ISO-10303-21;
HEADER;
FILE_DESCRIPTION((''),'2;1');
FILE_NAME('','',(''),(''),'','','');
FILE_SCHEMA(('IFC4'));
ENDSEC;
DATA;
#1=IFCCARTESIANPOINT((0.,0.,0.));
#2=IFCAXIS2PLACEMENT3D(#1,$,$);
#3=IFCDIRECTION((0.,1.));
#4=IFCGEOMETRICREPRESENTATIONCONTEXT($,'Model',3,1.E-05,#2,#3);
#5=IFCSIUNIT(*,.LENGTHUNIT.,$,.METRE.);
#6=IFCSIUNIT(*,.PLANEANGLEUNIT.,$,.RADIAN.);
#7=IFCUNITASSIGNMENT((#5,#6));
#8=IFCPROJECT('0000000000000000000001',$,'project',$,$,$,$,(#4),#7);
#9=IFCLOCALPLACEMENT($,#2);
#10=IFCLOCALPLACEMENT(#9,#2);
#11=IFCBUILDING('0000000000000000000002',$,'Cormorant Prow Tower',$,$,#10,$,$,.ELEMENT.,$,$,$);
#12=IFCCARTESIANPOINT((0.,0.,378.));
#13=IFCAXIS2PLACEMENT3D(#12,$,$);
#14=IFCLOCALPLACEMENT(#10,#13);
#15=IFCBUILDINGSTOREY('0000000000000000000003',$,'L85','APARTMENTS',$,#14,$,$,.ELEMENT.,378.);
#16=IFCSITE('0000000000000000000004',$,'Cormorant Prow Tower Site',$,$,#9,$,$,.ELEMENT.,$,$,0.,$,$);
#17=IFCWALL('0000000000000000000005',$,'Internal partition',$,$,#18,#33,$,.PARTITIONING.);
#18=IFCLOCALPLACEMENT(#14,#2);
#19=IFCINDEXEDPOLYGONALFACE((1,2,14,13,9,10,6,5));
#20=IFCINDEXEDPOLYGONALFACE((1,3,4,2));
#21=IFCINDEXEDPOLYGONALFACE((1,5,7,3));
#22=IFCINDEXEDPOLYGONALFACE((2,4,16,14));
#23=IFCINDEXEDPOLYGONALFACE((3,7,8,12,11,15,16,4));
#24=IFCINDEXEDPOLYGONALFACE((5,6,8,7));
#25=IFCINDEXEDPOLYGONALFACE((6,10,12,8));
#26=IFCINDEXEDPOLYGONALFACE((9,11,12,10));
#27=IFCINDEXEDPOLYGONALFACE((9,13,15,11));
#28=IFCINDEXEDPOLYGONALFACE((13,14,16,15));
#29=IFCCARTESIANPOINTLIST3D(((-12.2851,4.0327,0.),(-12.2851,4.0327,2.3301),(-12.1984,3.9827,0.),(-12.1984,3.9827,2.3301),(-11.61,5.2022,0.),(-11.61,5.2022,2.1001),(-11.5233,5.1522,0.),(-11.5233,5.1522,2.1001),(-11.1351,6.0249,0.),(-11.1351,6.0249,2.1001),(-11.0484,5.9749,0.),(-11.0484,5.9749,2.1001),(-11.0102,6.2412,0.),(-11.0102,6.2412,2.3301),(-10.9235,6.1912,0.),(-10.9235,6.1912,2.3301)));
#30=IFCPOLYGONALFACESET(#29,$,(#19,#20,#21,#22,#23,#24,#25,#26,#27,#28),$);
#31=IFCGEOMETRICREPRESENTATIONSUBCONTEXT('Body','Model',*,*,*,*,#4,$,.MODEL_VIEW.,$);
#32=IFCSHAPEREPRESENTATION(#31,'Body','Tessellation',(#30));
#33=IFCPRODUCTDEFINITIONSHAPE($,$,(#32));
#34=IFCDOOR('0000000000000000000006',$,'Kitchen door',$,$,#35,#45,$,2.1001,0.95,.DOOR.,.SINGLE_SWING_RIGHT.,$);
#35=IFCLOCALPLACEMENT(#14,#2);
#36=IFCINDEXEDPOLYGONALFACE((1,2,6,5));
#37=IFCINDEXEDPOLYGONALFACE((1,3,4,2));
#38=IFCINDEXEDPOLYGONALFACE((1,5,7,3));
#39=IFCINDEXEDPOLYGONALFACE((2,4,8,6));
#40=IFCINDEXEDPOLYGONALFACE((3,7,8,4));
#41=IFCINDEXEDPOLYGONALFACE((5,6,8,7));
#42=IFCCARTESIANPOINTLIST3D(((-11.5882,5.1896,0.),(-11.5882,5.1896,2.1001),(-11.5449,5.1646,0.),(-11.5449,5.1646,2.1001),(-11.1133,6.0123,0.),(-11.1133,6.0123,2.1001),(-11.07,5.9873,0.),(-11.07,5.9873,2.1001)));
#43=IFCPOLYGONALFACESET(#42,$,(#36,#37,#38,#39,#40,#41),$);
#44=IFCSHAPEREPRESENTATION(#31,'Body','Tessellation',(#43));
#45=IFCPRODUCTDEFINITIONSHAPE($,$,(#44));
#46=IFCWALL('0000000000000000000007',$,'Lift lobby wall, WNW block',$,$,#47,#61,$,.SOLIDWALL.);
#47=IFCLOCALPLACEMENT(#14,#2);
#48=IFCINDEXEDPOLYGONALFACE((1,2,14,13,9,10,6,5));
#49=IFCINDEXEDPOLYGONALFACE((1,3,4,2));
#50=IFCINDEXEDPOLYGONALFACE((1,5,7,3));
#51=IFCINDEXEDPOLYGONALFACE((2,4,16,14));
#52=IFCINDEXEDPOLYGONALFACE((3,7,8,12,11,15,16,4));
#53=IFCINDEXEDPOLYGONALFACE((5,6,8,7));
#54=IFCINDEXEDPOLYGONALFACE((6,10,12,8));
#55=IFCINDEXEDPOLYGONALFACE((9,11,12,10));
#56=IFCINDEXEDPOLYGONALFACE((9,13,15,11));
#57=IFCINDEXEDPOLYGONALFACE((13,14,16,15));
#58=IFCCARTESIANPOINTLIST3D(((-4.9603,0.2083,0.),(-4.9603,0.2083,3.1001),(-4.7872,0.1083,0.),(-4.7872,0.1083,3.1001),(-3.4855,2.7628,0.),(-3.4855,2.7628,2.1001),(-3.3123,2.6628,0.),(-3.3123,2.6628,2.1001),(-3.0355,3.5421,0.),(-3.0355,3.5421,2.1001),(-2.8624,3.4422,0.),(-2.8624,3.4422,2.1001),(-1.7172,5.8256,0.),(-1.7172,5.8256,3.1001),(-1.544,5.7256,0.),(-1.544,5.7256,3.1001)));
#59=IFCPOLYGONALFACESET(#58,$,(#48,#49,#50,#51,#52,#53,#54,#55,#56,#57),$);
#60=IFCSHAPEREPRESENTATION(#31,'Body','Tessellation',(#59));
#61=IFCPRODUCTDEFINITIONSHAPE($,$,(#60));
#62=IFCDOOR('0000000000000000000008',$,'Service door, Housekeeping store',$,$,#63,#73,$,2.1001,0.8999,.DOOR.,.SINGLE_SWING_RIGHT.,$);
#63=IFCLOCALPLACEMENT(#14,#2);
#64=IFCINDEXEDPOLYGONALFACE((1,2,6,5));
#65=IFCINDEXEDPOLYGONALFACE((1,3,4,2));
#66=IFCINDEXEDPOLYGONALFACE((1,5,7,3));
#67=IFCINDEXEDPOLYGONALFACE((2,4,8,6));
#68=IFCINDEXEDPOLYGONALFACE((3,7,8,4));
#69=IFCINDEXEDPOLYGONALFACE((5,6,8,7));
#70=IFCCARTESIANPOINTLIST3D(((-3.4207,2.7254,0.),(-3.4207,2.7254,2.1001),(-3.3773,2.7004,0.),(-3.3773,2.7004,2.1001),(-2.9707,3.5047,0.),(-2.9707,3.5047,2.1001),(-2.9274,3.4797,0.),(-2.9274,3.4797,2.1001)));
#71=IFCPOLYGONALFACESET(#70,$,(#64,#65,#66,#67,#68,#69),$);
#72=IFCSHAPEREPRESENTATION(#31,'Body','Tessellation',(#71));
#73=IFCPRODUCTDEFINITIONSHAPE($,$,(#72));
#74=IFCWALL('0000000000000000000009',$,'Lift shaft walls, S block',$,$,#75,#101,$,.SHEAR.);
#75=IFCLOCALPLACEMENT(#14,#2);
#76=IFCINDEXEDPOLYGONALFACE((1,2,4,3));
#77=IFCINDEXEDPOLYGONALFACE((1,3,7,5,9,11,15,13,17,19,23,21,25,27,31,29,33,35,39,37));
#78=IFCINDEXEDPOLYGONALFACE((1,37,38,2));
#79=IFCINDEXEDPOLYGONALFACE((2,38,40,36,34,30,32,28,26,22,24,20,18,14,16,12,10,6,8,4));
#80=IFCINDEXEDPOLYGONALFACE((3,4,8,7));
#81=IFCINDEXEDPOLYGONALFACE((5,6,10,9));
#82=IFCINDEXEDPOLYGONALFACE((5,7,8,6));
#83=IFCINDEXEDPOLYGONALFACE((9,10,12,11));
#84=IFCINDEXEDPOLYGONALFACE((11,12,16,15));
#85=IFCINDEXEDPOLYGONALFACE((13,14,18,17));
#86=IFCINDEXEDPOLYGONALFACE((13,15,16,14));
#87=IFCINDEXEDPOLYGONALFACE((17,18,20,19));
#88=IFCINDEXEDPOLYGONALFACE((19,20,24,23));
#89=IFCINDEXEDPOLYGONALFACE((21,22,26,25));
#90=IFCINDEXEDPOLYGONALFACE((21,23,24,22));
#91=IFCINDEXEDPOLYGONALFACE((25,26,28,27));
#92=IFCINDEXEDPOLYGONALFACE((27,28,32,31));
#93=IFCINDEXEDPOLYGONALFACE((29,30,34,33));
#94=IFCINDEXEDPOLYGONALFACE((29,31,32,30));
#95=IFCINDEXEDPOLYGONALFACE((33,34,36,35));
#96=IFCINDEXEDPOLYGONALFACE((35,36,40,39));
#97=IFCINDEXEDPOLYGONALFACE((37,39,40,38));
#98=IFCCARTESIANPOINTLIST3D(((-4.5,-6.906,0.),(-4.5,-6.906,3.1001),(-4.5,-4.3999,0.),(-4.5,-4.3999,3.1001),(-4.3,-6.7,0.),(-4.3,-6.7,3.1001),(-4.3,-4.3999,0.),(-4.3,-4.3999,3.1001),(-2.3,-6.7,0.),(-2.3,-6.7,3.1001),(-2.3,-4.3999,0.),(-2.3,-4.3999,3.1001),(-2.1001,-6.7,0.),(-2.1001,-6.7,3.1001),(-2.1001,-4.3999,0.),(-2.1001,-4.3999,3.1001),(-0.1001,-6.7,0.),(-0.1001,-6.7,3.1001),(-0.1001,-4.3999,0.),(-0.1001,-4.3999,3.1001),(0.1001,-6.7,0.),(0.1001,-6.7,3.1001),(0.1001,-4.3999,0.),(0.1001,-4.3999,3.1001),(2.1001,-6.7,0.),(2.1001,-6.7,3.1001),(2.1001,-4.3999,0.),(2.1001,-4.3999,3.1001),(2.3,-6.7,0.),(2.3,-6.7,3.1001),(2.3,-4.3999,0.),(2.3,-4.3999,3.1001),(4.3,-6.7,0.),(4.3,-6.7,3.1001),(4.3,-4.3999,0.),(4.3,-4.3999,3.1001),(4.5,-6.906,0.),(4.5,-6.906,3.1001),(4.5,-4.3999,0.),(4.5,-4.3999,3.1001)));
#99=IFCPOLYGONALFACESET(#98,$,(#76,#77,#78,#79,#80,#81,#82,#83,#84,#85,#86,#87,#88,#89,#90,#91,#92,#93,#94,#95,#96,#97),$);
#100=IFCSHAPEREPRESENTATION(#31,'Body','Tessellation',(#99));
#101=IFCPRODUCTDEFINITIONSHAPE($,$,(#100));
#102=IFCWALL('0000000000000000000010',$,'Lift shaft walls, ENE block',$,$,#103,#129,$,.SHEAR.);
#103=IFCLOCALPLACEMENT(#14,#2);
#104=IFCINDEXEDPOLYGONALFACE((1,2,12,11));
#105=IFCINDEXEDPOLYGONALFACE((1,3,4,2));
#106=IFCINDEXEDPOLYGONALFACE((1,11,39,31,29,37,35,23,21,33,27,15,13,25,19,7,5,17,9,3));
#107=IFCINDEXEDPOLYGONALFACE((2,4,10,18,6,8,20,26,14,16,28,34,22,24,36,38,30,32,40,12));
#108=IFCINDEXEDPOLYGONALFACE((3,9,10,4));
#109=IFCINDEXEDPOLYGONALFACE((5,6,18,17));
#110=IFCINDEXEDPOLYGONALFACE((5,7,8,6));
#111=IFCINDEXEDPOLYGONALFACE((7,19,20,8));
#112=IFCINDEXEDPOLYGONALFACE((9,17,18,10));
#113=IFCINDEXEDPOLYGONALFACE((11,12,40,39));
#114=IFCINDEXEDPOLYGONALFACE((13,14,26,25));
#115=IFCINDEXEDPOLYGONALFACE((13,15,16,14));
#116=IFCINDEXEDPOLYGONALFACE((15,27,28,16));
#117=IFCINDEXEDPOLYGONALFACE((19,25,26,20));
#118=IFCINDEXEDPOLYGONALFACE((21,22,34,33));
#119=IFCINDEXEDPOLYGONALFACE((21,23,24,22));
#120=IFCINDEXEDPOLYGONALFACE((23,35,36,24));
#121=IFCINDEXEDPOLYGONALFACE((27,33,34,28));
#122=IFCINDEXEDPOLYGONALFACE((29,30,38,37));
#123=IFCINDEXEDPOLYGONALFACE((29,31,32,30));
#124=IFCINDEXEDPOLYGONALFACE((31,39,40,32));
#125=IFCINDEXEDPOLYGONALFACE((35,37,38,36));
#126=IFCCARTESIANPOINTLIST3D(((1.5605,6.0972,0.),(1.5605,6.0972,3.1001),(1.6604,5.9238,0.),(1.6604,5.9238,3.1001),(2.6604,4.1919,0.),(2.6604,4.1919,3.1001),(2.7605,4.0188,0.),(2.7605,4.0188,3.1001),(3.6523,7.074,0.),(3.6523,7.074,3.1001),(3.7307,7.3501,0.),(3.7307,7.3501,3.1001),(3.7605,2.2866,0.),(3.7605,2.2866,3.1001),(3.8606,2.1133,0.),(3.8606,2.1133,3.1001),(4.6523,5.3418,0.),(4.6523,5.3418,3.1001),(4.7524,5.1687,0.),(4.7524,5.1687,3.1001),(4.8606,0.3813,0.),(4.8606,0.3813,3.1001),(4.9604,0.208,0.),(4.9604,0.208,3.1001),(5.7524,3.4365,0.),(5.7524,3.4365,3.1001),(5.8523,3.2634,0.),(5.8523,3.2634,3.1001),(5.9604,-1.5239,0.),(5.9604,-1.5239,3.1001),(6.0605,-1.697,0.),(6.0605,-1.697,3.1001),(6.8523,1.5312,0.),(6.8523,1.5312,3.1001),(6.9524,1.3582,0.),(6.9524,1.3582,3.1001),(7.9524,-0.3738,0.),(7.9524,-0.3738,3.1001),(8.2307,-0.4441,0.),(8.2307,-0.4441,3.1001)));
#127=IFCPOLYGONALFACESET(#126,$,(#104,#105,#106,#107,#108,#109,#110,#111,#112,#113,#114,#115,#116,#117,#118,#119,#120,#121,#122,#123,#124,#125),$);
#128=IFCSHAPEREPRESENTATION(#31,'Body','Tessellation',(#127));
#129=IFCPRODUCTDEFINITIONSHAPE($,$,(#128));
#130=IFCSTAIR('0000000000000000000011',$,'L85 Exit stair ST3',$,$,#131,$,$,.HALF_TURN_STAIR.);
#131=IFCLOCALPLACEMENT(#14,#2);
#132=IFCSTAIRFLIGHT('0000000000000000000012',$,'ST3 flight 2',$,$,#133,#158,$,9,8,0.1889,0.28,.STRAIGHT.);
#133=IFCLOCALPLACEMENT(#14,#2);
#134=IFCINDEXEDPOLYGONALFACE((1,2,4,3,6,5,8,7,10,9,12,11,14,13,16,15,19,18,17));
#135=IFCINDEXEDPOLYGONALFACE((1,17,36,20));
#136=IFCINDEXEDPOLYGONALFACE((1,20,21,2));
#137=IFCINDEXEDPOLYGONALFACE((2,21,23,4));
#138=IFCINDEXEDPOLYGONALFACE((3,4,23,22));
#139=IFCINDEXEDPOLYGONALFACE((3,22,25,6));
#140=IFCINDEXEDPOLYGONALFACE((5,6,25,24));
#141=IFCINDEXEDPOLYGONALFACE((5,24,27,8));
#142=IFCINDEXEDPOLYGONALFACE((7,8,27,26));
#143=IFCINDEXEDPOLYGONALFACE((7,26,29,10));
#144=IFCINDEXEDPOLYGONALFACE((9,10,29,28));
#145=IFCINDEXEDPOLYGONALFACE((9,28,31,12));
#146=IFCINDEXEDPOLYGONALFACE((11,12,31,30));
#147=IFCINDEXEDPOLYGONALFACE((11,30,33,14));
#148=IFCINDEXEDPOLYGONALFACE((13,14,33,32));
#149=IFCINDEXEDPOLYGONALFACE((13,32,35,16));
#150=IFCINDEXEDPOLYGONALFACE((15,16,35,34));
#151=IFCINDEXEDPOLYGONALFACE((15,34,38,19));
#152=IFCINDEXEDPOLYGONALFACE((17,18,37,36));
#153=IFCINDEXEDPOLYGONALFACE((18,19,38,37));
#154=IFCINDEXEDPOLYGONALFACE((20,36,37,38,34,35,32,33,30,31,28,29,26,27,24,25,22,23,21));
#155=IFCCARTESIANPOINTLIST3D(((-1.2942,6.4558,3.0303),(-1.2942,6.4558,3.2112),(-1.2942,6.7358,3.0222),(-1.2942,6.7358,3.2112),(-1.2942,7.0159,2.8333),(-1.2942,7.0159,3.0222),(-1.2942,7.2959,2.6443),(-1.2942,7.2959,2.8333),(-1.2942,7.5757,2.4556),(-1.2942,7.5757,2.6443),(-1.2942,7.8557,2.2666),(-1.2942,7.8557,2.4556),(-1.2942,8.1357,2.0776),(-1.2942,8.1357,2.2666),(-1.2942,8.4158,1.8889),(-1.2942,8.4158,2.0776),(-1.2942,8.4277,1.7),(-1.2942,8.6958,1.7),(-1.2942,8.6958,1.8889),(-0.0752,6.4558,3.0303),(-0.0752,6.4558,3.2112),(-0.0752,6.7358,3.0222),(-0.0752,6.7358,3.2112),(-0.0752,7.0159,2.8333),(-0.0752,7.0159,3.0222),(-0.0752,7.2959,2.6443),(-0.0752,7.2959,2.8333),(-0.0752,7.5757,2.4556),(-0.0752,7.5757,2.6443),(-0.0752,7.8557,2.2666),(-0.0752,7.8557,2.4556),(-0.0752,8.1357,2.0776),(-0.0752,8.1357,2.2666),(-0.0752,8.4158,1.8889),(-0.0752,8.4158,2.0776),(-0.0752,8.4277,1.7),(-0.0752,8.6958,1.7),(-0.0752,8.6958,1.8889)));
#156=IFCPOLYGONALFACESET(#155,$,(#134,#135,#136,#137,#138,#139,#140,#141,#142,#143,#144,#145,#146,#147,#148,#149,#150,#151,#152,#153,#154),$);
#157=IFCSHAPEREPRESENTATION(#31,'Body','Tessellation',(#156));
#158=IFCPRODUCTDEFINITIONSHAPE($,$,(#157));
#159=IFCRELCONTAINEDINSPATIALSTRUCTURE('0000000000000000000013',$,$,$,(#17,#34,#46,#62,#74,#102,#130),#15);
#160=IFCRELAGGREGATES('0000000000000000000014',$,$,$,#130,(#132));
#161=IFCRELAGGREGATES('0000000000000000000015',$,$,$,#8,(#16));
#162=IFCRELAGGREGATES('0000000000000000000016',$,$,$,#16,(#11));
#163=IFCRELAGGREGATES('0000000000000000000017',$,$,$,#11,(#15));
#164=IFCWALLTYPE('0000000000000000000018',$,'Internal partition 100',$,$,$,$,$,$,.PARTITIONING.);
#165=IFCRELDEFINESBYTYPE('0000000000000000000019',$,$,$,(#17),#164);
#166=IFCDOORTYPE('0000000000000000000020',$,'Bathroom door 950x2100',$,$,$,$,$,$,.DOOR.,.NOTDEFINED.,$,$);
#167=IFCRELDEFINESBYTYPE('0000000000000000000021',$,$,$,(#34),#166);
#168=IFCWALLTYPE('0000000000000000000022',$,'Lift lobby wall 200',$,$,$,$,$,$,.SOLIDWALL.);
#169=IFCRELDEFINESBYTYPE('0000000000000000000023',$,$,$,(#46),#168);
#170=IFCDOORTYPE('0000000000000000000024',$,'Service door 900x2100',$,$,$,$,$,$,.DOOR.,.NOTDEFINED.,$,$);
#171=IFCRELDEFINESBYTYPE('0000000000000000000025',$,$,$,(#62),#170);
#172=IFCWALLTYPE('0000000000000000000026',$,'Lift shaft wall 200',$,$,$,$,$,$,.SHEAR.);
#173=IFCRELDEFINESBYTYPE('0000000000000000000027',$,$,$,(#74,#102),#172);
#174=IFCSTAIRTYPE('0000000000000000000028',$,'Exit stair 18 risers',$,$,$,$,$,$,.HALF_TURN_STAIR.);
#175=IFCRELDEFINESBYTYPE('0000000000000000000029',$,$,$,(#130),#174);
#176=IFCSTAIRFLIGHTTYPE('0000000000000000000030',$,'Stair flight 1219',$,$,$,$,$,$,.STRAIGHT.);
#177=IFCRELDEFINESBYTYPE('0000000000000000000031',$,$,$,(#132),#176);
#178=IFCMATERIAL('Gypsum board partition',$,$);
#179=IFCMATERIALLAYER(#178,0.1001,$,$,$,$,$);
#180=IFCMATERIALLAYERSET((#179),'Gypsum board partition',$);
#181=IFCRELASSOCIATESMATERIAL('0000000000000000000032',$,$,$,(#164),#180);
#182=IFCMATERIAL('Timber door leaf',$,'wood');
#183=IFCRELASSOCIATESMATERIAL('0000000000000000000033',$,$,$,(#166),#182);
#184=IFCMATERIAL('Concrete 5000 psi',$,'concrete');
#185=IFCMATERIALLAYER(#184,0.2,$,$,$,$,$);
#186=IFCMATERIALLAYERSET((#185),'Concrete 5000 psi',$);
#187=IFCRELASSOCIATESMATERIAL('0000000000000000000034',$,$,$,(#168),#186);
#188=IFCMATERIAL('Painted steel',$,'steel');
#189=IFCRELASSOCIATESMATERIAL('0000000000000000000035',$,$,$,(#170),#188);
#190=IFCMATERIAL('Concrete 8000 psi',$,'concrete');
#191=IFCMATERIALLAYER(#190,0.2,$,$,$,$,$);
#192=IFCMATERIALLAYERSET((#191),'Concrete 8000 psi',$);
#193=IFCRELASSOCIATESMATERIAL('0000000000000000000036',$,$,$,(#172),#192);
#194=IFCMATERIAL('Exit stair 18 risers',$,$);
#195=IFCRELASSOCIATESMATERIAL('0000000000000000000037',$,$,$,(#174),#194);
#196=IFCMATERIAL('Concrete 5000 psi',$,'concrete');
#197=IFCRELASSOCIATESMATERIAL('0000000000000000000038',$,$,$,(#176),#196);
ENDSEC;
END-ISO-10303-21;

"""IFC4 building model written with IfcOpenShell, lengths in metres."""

from ifc_helpers import new_model, si_unit, direction, frame, frame_2d, origin, place, context, subcontext, project, spatial, polyline, rectangle, outline, extrude, material, layer, layer_set, type_object, element, fill, aggregate, save


model = new_model("IFC4")

# Units and contexts
model_context = context("Model", 3, precision=1e-05, world=origin(), true_north=direction((0.0, 1.0)))
body_context = subcontext(model_context, "Body", "Model", "MODEL_VIEW")
ifc_project = project(units=[si_unit("LENGTHUNIT", "METRE"), si_unit("PLANEANGLEUNIT", "RADIAN")], contexts=[model_context])

# Site, building, storey
site_placement = place(None, origin())
site = spatial("IfcSite", under=ifc_project, at=site_placement, Name="Cormorant Prow Tower Site", CompositionType="ELEMENT", RefElevation=0.0)
building_placement = place(site_placement, origin())
building = spatial("IfcBuilding", under=site, at=building_placement, Name="Cormorant Prow Tower", CompositionType="ELEMENT")
storey_placement = place(building_placement, frame((0.0, 0.0, 378.0)))
storey = spatial("IfcBuildingStorey", under=building, at=storey_placement, Name="L85", Description="APARTMENTS", CompositionType="ELEMENT", Elevation=378.0)

# Walls, openings, doors
ifc_material_1 = material(Name="Gypsum board partition")
ifc_layer_1 = layer(ifc_material_1, 0.1001)
ifc_layer_set_1 = layer_set([ifc_layer_1], Name="Gypsum board partition")
wall_type_1 = type_object("IfcWallType", Name="Internal partition 100", PredefinedType="PARTITIONING", material=ifc_layer_set_1)
wall_1_placement = place(storey_placement, frame((-12.2417, 4.0078, 0.0), z_axis=(0.0, 0.0, 1.0), x_axis=(0.499949, 0.866055, 0.0)))
wall_1 = element("IfcWall", 1, at=wall_1_placement, inside=storey, type_object=wall_type_1, Name="Internal partition", PredefinedType="PARTITIONING", context=body_context, shape_type="SweptSolid", body=[
    extrude(rectangle(XDim=2.55, YDim=0.1001, at=frame_2d((1.2749, 0.0))), origin(), (0.0, 0.0, 1.0), 2.3301),
])
opening_1_placement = place(wall_1_placement, frame((1.3501, 0.0, 0.0)))
opening_1 = element("IfcOpeningElement", 2, at=opening_1_placement, cuts=wall_1, PredefinedType="OPENING", context=body_context, shape_type="SweptSolid", body=[
    extrude(rectangle(XDim=0.95, YDim=2.1001, at=frame_2d((0.4751, 1.05))), frame((0.0, 0.0601, 0.0), z_axis=(0.0, -1.0, 0.0), x_axis=(1.0, 0.0, 0.0)), (0.0, 0.0, 1.0), 0.1201),
])
ifc_material_2 = material(Name="Timber door leaf", Category="wood")
door_type_1 = type_object("IfcDoorType", Name="Bathroom door 950x2100", OperationType="NOTDEFINED", PredefinedType="DOOR", material=ifc_material_2)
door_1_placement = place(opening_1_placement, origin())
door_1 = element("IfcDoor", 3, at=door_1_placement, inside=storey, type_object=door_type_1, Name="Kitchen door", OperationType="SINGLE_SWING_RIGHT", OverallHeight=2.1001, OverallWidth=0.95, PredefinedType="DOOR", context=body_context, shape_type="SweptSolid", body=[
    extrude(rectangle(XDim=0.95, YDim=2.1001, at=frame_2d((0.4751, 1.05))), frame((0.0, 0.0249, 0.0), z_axis=(0.0, -1.0, 0.0), x_axis=(1.0, 0.0, 0.0)), (0.0, 0.0, 1.0), 0.05),
])
fill(opening_1, door_1)
ifc_material_3 = material(Name="Concrete 5000 psi", Category="concrete")
ifc_layer_2 = layer(ifc_material_3, 0.2)
ifc_layer_set_2 = layer_set([ifc_layer_2], Name="Concrete 5000 psi")
wall_type_2 = type_object("IfcWallType", Name="Lift lobby wall 200", PredefinedType="SOLIDWALL", material=ifc_layer_set_2)
wall_2_placement = place(storey_placement, frame((-1.6306, 5.7756, 0.0), z_axis=(0.0, 0.0, 1.0), x_axis=(-0.499993, -0.86603, 0.0)))
wall_2 = element("IfcWall", 4, at=wall_2_placement, inside=storey, type_object=wall_type_2, Name="Lift lobby wall, WNW block", PredefinedType="SOLIDWALL", context=body_context, shape_type="SweptSolid", body=[
    extrude(rectangle(XDim=6.4863, YDim=0.2, at=frame_2d((3.2432, 0.0))), origin(), (0.0, 0.0, 1.0), 3.1001),
])
opening_2_placement = place(wall_2_placement, frame((2.6367, 0.0, 0.0)))
opening_2 = element("IfcOpeningElement", 5, at=opening_2_placement, cuts=wall_2, PredefinedType="OPENING", context=body_context, shape_type="SweptSolid", body=[
    extrude(rectangle(XDim=0.8999, YDim=2.1001, at=frame_2d((0.45, 1.05))), frame((0.0, 0.1099, 0.0), z_axis=(0.0, -1.0, 0.0), x_axis=(1.0, 0.0, 0.0)), (0.0, 0.0, 1.0), 0.22),
])
ifc_material_4 = material(Name="Painted steel", Category="steel")
door_type_2 = type_object("IfcDoorType", Name="Service door 900x2100", OperationType="NOTDEFINED", PredefinedType="DOOR", material=ifc_material_4)
door_2_placement = place(opening_2_placement, origin())
door_2 = element("IfcDoor", 6, at=door_2_placement, inside=storey, type_object=door_type_2, Name="Service door, Housekeeping store", OperationType="SINGLE_SWING_RIGHT", OverallHeight=2.1001, OverallWidth=0.8999, PredefinedType="DOOR", context=body_context, shape_type="SweptSolid", body=[
    extrude(rectangle(XDim=0.8999, YDim=2.1001, at=frame_2d((0.45, 1.05))), frame((0.0, 0.0249, 0.0), z_axis=(0.0, -1.0, 0.0), x_axis=(1.0, 0.0, 0.0)), (0.0, 0.0, 1.0), 0.05),
])
fill(opening_2, door_2)

# Walls
ifc_material_5 = material(Name="Concrete 8000 psi", Category="concrete")
ifc_layer_3 = layer(ifc_material_5, 0.2)
ifc_layer_set_3 = layer_set([ifc_layer_3], Name="Concrete 8000 psi")
wall_type_3 = type_object("IfcWallType", Name="Lift shaft wall 200", PredefinedType="SHEAR", material=ifc_layer_set_3)
wall_3_placement = place(storey_placement, origin())
element("IfcWall", 7, at=wall_3_placement, inside=storey, type_object=wall_type_3, Name="Lift shaft walls, S block", PredefinedType="SHEAR", context=body_context, shape_type="SweptSolid", body=[
    extrude(outline(polyline([(4.5, -4.3999), (4.5, -6.906), (-4.5, -6.906), (-4.5, -4.3999), (-4.3, -4.3999), (-4.3, -6.7), (-2.3, -6.7), (-2.3, -4.3999), (-2.1001, -4.3999), (-2.1001, -6.7), (-0.1001, -6.7), (-0.1001, -4.3999), (0.1001, -4.3999), (0.1001, -6.7), (2.1001, -6.7), (2.1001, -4.3999), (2.3, -4.3999), (2.3, -6.7), (4.3, -6.7), (4.3, -4.3999), (4.5, -4.3999)])), origin(), (0.0, 0.0, 1.0), 3.1001),
])
wall_4_placement = place(storey_placement, origin())
element("IfcWall", 8, at=wall_4_placement, inside=storey, type_object=wall_type_3, Name="Lift shaft walls, ENE block", PredefinedType="SHEAR", context=body_context, shape_type="SweptSolid", body=[
    extrude(outline(polyline([(1.5605, 6.0972), (3.7307, 7.3501), (8.2307, -0.4441), (6.0605, -1.697), (5.9604, -1.5239), (7.9524, -0.3738), (6.9524, 1.3582), (4.9604, 0.208), (4.8606, 0.3813), (6.8523, 1.5312), (5.8523, 3.2634), (3.8606, 2.1133), (3.7605, 2.2866), (5.7524, 3.4365), (4.7524, 5.1687), (2.7605, 4.0188), (2.6604, 4.1919), (4.6523, 5.3418), (3.6523, 7.074), (1.6604, 5.9238), (1.5605, 6.0972)])), origin(), (0.0, 0.0, 1.0), 3.1001),
])

# Stair, stair flight
ifc_material_6 = material(Name="Exit stair 18 risers")
stair_type = type_object("IfcStairType", Name="Exit stair 18 risers", PredefinedType="HALF_TURN_STAIR", material=ifc_material_6)
stair_placement = place(storey_placement, origin())
stair = element("IfcStair", 9, at=stair_placement, inside=storey, type_object=stair_type, Name="L85 Exit stair ST3", PredefinedType="HALF_TURN_STAIR")
ifc_material_7 = material(Name="Concrete 5000 psi", Category="concrete")
stair_flight_type = type_object("IfcStairFlightType", Name="Stair flight 1219", PredefinedType="STRAIGHT", material=ifc_material_7)
stair_flight_placement = place(storey_placement, frame((-0.6846, 8.6958, 1.7), z_axis=(0.0, 0.0, 1.0), x_axis=(0.0, -1.0, 0.0)))
stair_flight = element("IfcStairFlight", 10, at=stair_flight_placement, type_object=stair_flight_type, Name="ST3 flight 2", NumberOfRisers=9, NumberOfTreads=8, PredefinedType="STRAIGHT", RiserHeight=0.1889, TreadLength=0.28, context=body_context, shape_type="SweptSolid", body=[
    extrude(outline(polyline([(0.0, 0.0), (0.0, 0.189), (0.28, 0.189), (0.28, 0.3777), (0.5601, 0.3777), (0.5601, 0.5667), (0.8401, 0.5667), (0.8401, 0.7556), (1.1201, 0.7556), (1.1201, 0.9443), (1.3999, 0.9443), (1.3999, 1.1333), (1.6799, 1.1333), (1.6799, 1.3223), (1.96, 1.3223), (1.96, 1.5112), (2.24, 1.5112), (2.24, 1.7), (2.24, 1.3303), (0.2681, 0.0), (0.0, 0.0)])), frame((0.0, 0.6094, 0.0), z_axis=(0.0, -1.0, 0.0), x_axis=(1.0, 0.0, 0.0)), (0.0, 0.0, 1.0), 1.219),
])
aggregate(stair, [stair_flight])

save(model, "model.ifc")
